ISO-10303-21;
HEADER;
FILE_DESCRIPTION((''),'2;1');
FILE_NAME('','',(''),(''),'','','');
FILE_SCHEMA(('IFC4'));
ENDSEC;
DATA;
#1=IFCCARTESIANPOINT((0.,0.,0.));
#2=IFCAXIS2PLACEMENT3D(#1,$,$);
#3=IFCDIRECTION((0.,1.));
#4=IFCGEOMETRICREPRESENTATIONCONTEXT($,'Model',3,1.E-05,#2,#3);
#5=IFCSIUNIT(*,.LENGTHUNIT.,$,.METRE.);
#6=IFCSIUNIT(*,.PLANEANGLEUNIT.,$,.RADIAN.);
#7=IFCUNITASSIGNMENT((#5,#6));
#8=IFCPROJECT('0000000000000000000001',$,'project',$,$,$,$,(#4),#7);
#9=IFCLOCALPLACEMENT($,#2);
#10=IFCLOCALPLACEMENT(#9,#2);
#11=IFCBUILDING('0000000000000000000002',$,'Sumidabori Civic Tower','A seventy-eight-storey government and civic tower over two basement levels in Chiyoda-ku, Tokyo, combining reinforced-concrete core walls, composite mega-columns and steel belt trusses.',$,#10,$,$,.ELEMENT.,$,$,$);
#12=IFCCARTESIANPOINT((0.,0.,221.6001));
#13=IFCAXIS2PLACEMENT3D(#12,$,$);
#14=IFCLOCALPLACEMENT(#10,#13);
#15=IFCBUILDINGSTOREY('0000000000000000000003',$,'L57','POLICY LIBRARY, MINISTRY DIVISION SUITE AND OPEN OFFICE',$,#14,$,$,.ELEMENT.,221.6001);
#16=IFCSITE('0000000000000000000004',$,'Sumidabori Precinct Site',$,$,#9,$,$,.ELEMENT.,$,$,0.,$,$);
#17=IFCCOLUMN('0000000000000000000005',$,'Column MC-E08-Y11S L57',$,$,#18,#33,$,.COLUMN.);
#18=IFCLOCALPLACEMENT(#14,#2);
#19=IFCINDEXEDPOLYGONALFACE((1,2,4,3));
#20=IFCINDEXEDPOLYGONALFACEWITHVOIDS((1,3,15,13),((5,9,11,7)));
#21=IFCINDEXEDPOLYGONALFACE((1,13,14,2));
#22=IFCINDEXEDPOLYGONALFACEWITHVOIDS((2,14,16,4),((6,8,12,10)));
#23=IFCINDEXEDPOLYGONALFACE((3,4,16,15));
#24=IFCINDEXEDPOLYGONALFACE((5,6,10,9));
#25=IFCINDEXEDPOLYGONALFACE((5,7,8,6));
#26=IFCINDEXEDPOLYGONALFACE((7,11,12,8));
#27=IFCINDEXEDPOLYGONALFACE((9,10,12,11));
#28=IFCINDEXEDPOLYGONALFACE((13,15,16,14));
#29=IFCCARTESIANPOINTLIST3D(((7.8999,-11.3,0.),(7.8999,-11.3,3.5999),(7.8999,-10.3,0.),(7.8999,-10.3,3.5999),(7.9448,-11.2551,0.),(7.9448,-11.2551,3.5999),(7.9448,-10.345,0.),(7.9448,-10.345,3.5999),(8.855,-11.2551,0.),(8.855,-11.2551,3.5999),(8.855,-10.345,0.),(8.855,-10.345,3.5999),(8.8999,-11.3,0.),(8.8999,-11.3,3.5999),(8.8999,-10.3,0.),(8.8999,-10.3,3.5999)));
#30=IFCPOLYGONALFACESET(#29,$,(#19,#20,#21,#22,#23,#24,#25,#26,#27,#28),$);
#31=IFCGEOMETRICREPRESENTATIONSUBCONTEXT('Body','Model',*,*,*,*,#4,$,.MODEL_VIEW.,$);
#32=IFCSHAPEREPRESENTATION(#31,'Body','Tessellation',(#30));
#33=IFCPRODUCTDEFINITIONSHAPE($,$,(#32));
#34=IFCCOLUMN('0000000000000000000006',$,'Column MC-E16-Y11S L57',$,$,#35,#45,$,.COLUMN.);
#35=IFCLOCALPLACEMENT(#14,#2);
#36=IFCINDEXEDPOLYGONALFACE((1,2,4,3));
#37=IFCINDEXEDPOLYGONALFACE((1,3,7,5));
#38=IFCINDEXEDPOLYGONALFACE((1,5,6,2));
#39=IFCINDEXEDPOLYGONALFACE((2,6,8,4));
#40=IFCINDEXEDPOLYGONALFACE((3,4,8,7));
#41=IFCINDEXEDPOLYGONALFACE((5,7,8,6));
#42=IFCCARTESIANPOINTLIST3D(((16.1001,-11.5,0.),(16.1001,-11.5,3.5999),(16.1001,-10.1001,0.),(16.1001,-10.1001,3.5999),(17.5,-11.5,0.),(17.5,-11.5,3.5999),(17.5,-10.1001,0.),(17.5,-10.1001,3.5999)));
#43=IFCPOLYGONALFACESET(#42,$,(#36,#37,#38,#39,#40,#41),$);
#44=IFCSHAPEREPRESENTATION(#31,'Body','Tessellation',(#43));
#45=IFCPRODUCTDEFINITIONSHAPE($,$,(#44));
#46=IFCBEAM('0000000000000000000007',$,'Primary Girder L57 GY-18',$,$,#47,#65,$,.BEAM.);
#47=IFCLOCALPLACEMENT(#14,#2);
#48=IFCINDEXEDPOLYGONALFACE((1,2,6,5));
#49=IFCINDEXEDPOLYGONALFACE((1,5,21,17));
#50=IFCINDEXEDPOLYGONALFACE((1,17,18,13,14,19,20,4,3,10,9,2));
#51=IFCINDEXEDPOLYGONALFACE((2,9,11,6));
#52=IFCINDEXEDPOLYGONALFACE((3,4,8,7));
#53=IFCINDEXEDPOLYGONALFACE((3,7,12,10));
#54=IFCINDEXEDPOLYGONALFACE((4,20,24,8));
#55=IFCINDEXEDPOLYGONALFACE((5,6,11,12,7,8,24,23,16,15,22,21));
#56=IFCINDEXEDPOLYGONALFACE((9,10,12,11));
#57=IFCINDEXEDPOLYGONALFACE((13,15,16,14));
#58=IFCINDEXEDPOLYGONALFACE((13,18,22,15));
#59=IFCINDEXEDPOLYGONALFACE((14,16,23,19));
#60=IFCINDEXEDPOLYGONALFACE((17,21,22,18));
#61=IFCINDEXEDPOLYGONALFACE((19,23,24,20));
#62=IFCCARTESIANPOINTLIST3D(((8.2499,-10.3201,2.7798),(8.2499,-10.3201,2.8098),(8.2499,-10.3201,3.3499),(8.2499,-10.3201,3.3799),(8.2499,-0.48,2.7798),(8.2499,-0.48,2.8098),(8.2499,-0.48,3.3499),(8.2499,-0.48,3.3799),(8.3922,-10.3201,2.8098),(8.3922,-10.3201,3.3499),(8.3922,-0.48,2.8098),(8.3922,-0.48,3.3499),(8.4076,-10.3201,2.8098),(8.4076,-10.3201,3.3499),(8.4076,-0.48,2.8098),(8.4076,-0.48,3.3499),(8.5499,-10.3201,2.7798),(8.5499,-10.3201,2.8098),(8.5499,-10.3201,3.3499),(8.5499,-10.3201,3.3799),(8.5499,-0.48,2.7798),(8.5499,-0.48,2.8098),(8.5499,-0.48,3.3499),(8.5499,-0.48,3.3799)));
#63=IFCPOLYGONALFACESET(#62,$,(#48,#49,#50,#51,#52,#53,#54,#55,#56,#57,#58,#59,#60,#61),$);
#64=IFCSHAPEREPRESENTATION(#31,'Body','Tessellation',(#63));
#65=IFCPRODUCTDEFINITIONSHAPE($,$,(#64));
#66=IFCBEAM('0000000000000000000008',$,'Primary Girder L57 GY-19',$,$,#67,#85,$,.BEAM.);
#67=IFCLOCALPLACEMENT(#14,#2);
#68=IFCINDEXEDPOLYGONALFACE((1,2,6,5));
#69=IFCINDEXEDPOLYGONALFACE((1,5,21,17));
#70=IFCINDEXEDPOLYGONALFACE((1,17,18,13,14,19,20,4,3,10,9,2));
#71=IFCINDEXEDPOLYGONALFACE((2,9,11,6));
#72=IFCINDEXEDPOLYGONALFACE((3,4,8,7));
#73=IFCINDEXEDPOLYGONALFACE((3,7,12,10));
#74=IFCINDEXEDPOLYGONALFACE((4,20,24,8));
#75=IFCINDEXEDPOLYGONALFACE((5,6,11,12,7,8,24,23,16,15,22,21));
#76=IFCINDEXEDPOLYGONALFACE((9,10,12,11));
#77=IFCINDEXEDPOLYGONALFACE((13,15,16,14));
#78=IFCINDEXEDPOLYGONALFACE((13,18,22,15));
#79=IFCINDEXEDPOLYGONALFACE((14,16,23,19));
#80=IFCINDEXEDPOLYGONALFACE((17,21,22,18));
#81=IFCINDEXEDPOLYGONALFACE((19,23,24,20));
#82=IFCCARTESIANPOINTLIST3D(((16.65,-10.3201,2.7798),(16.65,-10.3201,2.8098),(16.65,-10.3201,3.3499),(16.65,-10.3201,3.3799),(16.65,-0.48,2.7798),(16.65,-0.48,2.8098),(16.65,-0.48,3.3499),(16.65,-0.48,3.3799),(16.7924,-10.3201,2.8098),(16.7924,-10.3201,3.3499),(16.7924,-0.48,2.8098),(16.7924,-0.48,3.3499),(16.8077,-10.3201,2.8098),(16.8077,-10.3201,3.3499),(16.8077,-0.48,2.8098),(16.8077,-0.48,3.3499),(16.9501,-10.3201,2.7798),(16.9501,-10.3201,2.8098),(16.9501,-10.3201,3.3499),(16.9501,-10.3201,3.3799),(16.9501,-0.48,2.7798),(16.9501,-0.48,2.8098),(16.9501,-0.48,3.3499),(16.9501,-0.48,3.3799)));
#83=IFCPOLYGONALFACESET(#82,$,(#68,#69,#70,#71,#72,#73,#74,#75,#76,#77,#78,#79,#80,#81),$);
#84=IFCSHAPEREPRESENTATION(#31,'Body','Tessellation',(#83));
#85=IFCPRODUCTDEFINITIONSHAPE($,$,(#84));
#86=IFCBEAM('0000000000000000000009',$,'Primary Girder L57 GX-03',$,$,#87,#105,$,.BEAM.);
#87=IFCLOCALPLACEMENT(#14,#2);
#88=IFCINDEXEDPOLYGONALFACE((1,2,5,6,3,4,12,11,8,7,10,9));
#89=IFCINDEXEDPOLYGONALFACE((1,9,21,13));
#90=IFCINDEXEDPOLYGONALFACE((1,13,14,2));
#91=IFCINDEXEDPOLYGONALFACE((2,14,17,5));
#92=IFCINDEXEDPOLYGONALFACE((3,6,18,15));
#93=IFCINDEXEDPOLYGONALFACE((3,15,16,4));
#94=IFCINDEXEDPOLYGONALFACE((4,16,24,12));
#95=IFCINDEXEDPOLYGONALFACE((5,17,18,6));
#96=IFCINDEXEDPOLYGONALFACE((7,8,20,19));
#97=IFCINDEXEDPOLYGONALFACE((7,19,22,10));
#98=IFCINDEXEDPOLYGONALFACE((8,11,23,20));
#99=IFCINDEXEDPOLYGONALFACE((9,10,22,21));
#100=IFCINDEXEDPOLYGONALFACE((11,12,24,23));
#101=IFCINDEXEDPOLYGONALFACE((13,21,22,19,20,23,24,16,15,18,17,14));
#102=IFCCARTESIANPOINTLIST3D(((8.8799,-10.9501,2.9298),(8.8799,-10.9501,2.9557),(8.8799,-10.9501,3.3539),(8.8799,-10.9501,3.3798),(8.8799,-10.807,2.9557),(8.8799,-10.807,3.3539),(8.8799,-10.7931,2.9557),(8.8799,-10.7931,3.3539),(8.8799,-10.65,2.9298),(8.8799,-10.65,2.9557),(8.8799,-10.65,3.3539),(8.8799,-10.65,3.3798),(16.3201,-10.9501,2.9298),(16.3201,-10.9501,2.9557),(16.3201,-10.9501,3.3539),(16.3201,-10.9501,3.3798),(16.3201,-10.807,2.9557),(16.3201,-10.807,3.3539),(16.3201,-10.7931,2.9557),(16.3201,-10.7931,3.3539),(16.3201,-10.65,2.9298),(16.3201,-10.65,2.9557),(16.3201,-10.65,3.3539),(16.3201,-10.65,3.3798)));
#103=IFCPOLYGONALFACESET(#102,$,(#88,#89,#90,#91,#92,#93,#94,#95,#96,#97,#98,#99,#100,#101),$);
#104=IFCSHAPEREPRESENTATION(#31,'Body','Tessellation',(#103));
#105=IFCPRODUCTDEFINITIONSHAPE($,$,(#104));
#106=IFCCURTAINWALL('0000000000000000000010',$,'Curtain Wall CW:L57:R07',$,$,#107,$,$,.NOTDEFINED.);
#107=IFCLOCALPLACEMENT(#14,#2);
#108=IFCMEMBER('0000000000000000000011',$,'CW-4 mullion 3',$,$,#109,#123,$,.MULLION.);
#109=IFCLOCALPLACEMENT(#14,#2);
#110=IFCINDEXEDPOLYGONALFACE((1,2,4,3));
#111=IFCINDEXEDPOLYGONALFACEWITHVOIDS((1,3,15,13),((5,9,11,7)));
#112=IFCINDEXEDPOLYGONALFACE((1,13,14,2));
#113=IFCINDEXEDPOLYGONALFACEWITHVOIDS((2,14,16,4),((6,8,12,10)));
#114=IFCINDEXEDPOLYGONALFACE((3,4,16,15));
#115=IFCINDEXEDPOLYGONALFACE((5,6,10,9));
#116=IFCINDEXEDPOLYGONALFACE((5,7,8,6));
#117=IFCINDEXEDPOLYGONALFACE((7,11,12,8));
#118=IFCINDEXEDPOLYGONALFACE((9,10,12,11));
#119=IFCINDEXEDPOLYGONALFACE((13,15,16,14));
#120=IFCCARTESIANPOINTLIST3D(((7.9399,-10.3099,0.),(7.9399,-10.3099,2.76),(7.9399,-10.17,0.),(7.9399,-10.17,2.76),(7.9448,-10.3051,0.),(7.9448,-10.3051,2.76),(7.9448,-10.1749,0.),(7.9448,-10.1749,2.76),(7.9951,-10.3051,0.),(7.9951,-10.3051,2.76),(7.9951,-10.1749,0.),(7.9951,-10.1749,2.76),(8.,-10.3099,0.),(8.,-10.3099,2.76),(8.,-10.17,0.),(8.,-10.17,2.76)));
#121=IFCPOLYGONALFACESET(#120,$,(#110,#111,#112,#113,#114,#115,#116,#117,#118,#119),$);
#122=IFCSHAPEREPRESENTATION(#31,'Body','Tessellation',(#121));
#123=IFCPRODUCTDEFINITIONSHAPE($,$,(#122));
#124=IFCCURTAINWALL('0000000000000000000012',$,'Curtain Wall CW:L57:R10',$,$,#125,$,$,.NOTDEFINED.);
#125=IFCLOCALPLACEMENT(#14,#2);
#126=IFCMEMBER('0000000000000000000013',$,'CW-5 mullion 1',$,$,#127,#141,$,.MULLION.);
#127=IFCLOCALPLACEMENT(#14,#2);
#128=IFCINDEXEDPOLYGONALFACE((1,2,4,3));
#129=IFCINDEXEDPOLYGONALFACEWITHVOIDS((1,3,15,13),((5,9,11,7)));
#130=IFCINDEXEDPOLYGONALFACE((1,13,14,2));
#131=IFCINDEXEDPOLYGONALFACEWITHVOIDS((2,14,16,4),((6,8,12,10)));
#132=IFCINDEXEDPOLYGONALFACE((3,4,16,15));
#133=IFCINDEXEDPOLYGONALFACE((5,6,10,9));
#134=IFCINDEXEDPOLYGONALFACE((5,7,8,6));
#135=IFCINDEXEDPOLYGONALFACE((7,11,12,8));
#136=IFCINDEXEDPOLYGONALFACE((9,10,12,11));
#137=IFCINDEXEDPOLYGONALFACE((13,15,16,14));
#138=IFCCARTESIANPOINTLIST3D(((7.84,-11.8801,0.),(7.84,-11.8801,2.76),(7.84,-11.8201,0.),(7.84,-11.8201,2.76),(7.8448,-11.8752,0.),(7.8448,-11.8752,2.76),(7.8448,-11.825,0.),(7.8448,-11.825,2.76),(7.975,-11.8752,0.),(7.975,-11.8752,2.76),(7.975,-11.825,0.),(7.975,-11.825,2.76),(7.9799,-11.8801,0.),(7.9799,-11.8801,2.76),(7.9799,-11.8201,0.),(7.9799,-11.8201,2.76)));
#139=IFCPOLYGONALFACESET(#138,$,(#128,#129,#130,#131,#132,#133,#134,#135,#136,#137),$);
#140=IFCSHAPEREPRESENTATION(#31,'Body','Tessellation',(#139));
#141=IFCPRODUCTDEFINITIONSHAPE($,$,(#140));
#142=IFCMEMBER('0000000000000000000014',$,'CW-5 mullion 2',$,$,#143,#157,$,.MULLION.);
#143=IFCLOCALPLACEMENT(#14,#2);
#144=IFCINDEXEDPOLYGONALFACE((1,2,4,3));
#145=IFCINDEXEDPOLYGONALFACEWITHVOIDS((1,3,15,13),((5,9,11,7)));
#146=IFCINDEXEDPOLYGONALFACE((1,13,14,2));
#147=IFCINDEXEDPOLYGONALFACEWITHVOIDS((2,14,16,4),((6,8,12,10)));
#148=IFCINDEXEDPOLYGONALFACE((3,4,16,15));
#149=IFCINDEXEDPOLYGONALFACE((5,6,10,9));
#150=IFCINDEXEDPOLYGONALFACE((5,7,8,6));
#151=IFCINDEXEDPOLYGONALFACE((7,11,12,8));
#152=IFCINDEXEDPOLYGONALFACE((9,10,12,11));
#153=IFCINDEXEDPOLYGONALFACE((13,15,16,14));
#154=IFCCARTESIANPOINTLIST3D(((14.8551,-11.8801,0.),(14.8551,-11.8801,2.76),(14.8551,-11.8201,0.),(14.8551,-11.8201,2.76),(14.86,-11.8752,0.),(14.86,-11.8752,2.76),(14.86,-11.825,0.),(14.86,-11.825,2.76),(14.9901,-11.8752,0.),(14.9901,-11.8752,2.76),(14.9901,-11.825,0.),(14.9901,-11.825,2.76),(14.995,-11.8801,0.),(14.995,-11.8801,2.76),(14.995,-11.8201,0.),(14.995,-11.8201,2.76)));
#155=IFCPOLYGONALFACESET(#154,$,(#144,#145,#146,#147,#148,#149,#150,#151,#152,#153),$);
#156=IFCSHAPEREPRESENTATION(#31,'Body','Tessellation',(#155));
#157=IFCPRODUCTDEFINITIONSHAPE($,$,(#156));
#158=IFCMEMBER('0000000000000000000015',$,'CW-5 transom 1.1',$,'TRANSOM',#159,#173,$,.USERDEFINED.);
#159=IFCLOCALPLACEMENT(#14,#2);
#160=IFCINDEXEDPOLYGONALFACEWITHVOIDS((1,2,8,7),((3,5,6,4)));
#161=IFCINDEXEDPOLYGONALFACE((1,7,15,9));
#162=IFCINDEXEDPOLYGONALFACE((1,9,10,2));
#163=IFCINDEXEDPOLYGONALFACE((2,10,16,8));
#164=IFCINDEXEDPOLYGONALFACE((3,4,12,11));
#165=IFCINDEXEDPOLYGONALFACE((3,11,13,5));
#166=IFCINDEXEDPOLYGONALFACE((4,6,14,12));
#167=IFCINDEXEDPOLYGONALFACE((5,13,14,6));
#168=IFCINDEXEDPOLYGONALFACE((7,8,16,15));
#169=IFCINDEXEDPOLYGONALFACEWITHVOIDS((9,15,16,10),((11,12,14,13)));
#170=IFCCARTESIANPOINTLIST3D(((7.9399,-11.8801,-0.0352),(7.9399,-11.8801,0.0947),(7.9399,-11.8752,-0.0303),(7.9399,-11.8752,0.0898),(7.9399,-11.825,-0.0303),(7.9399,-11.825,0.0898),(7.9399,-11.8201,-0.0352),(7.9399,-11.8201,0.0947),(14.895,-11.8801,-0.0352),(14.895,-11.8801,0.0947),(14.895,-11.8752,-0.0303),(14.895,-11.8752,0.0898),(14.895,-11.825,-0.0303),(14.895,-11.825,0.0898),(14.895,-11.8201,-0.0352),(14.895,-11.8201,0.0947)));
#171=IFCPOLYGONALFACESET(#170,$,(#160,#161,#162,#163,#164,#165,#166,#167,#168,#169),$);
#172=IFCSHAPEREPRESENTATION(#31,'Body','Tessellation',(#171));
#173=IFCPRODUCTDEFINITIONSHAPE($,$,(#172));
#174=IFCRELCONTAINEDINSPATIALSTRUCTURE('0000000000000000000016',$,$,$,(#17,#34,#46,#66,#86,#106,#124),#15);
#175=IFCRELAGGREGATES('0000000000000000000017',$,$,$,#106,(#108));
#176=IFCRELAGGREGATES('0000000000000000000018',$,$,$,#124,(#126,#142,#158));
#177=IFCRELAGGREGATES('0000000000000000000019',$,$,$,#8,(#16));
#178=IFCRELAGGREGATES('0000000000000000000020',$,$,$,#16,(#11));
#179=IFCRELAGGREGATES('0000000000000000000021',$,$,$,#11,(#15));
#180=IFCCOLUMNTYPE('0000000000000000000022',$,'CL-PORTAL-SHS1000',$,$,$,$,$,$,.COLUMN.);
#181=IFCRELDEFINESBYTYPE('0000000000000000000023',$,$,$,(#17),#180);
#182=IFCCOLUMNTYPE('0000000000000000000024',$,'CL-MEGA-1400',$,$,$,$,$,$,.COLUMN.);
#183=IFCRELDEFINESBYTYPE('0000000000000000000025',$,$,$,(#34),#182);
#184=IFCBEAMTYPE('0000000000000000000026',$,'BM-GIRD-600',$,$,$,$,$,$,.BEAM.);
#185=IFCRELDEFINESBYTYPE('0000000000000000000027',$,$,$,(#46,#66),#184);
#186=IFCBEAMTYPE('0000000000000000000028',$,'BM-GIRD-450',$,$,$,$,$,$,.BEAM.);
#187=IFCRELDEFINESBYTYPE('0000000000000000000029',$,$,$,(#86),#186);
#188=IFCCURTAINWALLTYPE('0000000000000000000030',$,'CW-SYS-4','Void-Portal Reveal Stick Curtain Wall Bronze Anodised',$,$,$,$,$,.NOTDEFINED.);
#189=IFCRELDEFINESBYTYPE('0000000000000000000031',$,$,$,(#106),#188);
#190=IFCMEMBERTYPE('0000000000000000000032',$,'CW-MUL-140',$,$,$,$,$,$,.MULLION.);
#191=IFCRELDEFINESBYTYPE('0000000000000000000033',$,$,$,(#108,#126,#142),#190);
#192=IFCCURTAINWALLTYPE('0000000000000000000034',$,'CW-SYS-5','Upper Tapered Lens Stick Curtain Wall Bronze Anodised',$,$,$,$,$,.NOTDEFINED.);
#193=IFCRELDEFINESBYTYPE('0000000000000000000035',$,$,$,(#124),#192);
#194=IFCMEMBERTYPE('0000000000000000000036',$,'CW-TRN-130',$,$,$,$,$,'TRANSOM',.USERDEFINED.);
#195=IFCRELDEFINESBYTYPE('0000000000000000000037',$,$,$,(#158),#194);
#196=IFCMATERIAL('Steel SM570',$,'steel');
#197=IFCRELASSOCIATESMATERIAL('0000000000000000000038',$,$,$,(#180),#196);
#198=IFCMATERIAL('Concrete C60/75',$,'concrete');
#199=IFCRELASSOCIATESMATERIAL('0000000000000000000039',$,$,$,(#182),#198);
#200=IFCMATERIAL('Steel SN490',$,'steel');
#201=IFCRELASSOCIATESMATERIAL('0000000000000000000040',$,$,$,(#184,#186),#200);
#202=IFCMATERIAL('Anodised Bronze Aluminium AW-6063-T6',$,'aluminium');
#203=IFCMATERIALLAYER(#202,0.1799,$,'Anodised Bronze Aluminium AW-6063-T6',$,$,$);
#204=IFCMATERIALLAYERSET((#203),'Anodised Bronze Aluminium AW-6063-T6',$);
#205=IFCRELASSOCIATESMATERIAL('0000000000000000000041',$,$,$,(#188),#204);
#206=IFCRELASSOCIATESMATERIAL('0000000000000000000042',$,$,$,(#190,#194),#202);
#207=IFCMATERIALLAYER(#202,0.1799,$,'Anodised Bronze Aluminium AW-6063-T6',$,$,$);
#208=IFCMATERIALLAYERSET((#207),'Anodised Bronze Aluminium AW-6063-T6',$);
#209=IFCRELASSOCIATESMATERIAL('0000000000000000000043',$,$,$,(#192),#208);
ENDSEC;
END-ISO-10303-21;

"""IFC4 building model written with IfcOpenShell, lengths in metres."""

from ifc_helpers import new_model, si_unit, direction, frame, origin, origin_2d, place, context, subcontext, project, spatial, rectangle, hollow_rectangle, i_section, extrude, source, transform, mapped, material, layer, layer_set, material_profile, profile_set, type_object, element, aggregate, save


model = new_model("IFC4")

# Units and contexts
model_context = context("Model", 3, precision=1e-05, world=origin(), true_north=direction((0.0, 1.0)))
body_context = subcontext(model_context, "Body", "Model", "MODEL_VIEW")
ifc_project = project(units=[si_unit("LENGTHUNIT", "METRE"), si_unit("PLANEANGLEUNIT", "RADIAN")], contexts=[model_context])

# Site, building, storey
site_placement = place(None, origin())
site = spatial("IfcSite", under=ifc_project, at=site_placement, Name="Sumidabori Precinct Site", CompositionType="ELEMENT", RefElevation=0.0)
building_placement = place(site_placement, origin())
building = spatial("IfcBuilding", under=site, at=building_placement, Name="Sumidabori Civic Tower", Description="A seventy-eight-storey government and civic tower over two basement levels in Chiyoda-ku, Tokyo, combining reinforced-concrete core walls, composite mega-columns and steel belt trusses.", CompositionType="ELEMENT")
storey_placement = place(building_placement, frame((0.0, 0.0, 221.6001)))
storey = spatial("IfcBuildingStorey", under=building, at=storey_placement, Name="L57", Description="POLICY LIBRARY, MINISTRY DIVISION SUITE AND OPEN OFFICE", CompositionType="ELEMENT", Elevation=221.6001)

# Columns
ifc_material_1 = material(Name="Steel SM570", Category="steel")
ifc_material_profile_1 = material_profile(ifc_material_1, hollow_rectangle(XDim=1.0, YDim=1.0, WallThickness=0.0449, at=origin_2d()), Name="SHS 1000x1000x45")
ifc_profile_set_1 = profile_set([ifc_material_profile_1], Name="Steel SM570")
column_type_1 = type_object("IfcColumnType", Name="CL-PORTAL-SHS1000", PredefinedType="COLUMN", material=ifc_profile_set_1)
shared_shape_1 = source(origin(), body_context, "Body", "SweptSolid", [
    extrude(hollow_rectangle(XDim=1.0, YDim=1.0, WallThickness=0.0449, at=origin_2d()), origin(), (0.0, 0.0, 1.0), 3.5999),
])
column_1_placement = place(storey_placement, frame((8.3999, -10.8, 0.0), z_axis=(0.0, 0.0, 1.0), x_axis=(1.0, 0.0, 0.0)))
element("IfcColumn", 1, at=column_1_placement, inside=storey, type_object=column_type_1, Name="Column MC-E08-Y11S L57", PredefinedType="COLUMN", context=body_context, shape_type="MappedRepresentation", body=[
    mapped(shared_shape_1, transform((0.0, 0.0, 0.0), x_axis=(1.0, 0.0, 0.0), y_axis=(0.0, 1.0, 0.0), z_axis=(0.0, 0.0, 1.0), scale=1.0)),
])
ifc_material_2 = material(Name="Concrete C60/75", Category="concrete")
ifc_material_profile_2 = material_profile(ifc_material_2, rectangle(XDim=1.3999, YDim=1.3999, at=origin_2d()), Name="RC 1400x1400")
ifc_profile_set_2 = profile_set([ifc_material_profile_2], Name="Concrete C60/75")
column_type_2 = type_object("IfcColumnType", Name="CL-MEGA-1400", PredefinedType="COLUMN", material=ifc_profile_set_2)
shared_shape_2 = source(origin(), body_context, "Body", "SweptSolid", [
    extrude(rectangle(XDim=1.3999, YDim=1.3999, at=origin_2d()), origin(), (0.0, 0.0, 1.0), 3.5999),
])
column_2_placement = place(storey_placement, frame((16.8, -10.8, 0.0), z_axis=(0.0, 0.0, 1.0), x_axis=(1.0, 0.0, 0.0)))
element("IfcColumn", 2, at=column_2_placement, inside=storey, type_object=column_type_2, Name="Column MC-E16-Y11S L57", PredefinedType="COLUMN", context=body_context, shape_type="MappedRepresentation", body=[
    mapped(shared_shape_2, transform((0.0, 0.0, 0.0), x_axis=(1.0, 0.0, 0.0), y_axis=(0.0, 1.0, 0.0), z_axis=(0.0, 0.0, 1.0), scale=1.0)),
])

# Beams
ifc_material_3 = material(Name="Steel SN490", Category="steel")
ifc_material_profile_3 = material_profile(ifc_material_3, i_section(OverallWidth=0.3, OverallDepth=0.6001, WebThickness=0.0154, FlangeThickness=0.03, at=origin_2d()), Name="HE 600 B")
ifc_profile_set_3 = profile_set([ifc_material_profile_3], Name="Steel SN490")
beam_type_1 = type_object("IfcBeamType", Name="BM-GIRD-600", PredefinedType="BEAM", material=ifc_profile_set_3)
shared_shape_3 = source(origin(), body_context, "Body", "SweptSolid", [
    extrude(i_section(OverallWidth=0.3, OverallDepth=0.6001, WebThickness=0.0154, FlangeThickness=0.03, at=origin_2d()), origin(), (0.0, 0.0, 1.0), 9.8401),
])
for number, where, z_axis, x_axis, name in (
    (3, (8.3999, -10.3201, 3.0798), (0.0, 1.0, 0.0), (-1.0, 0.0, 0.0), "Primary Girder L57 GY-18"),
    (4, (16.8, -10.3201, 3.0798), (0.0, 1.0, 0.0), (-1.0, 0.0, 0.0), "Primary Girder L57 GY-19"),
):
    element("IfcBeam", number, at=place(storey_placement, frame(where, z_axis=z_axis, x_axis=x_axis)), inside=storey, type_object=beam_type_1, Name=name, PredefinedType="BEAM", context=body_context, shape_type="MappedRepresentation", body=[
        mapped(shared_shape_3, transform((0.0, 0.0, 0.0), x_axis=(1.0, 0.0, 0.0), y_axis=(0.0, 1.0, 0.0), z_axis=(0.0, 0.0, 1.0), scale=1.0)),
    ])
ifc_material_profile_4 = material_profile(ifc_material_3, i_section(OverallWidth=0.3, OverallDepth=0.45, WebThickness=0.0139, FlangeThickness=0.0259, at=origin_2d()), Name="HE 450 B")
ifc_profile_set_4 = profile_set([ifc_material_profile_4], Name="Steel SN490")
beam_type_2 = type_object("IfcBeamType", Name="BM-GIRD-450", PredefinedType="BEAM", material=ifc_profile_set_4)
shared_shape_4 = source(origin(), body_context, "Body", "SweptSolid", [
    extrude(i_section(OverallWidth=0.3, OverallDepth=0.45, WebThickness=0.0139, FlangeThickness=0.0259, at=origin_2d()), origin(), (0.0, 0.0, 1.0), 7.4402),
])
beam_placement = place(storey_placement, frame((8.8799, -10.8, 3.1548), z_axis=(1.0, 0.0, 0.0), x_axis=(0.0, 1.0, 0.0)))
element("IfcBeam", 5, at=beam_placement, inside=storey, type_object=beam_type_2, Name="Primary Girder L57 GX-03", PredefinedType="BEAM", context=body_context, shape_type="MappedRepresentation", body=[
    mapped(shared_shape_4, transform((0.0, 0.0, 0.0), x_axis=(1.0, 0.0, 0.0), y_axis=(0.0, 1.0, 0.0), z_axis=(0.0, 0.0, 1.0), scale=1.0)),
])

# Curtain wall, member
ifc_material_4 = material(Name="Anodised Bronze Aluminium AW-6063-T6", Category="aluminium")
ifc_layer_1 = layer(ifc_material_4, 0.1799, Name="Anodised Bronze Aluminium AW-6063-T6")
ifc_layer_set_1 = layer_set([ifc_layer_1], Name="Anodised Bronze Aluminium AW-6063-T6")
curtain_wall_type_1 = type_object("IfcCurtainWallType", Name="CW-SYS-4", Description="Void-Portal Reveal Stick Curtain Wall Bronze Anodised", PredefinedType="NOTDEFINED", material=ifc_layer_set_1)
curtain_wall_1_placement = place(storey_placement, origin())
curtain_wall_1 = element("IfcCurtainWall", 6, at=curtain_wall_1_placement, inside=storey, type_object=curtain_wall_type_1, Name="Curtain Wall CW:L57:R07", PredefinedType="NOTDEFINED")
ifc_material_profile_5 = material_profile(ifc_material_4, hollow_rectangle(XDim=0.0601, YDim=0.1399, WallThickness=0.0049, at=origin_2d()), Name="ALU MULLION 140x60")
ifc_profile_set_5 = profile_set([ifc_material_profile_5], Name="Anodised Bronze Aluminium AW-6063-T6")
member_type_1 = type_object("IfcMemberType", Name="CW-MUL-140", PredefinedType="MULLION", material=ifc_profile_set_5)
shared_shape_5 = source(origin(), body_context, "Body", "SweptSolid", [
    extrude(hollow_rectangle(XDim=0.0601, YDim=0.1399, WallThickness=0.0049, at=origin_2d()), origin(), (0.0, 0.0, 1.0), 2.76),
])
member_1_placement = place(storey_placement, frame((7.97, -10.24, 0.0), z_axis=(0.0, 0.0, 1.0), x_axis=(1.0, 0.0, 0.0)))
member_1 = element("IfcMember", 7, at=member_1_placement, type_object=member_type_1, Name="CW-4 mullion 3", PredefinedType="MULLION", context=body_context, shape_type="MappedRepresentation", body=[
    mapped(shared_shape_5, transform((0.0, 0.0, 0.0), x_axis=(1.0, 0.0, 0.0), y_axis=(0.0, 1.0, 0.0), z_axis=(0.0, 0.0, 1.0), scale=1.0)),
])
aggregate(curtain_wall_1, [member_1])

# Curtain wall, members
ifc_layer_2 = layer(ifc_material_4, 0.1799, Name="Anodised Bronze Aluminium AW-6063-T6")
ifc_layer_set_2 = layer_set([ifc_layer_2], Name="Anodised Bronze Aluminium AW-6063-T6")
curtain_wall_type_2 = type_object("IfcCurtainWallType", Name="CW-SYS-5", Description="Upper Tapered Lens Stick Curtain Wall Bronze Anodised", PredefinedType="NOTDEFINED", material=ifc_layer_set_2)
curtain_wall_2_placement = place(storey_placement, origin())
curtain_wall_2 = element("IfcCurtainWall", 8, at=curtain_wall_2_placement, inside=storey, type_object=curtain_wall_type_2, Name="Curtain Wall CW:L57:R10", PredefinedType="NOTDEFINED")
member_2_placement = place(storey_placement, frame((7.9099, -11.8501, 0.0), z_axis=(0.0, 0.0, 1.0), x_axis=(0.0, 1.0, 0.0)))
member_2 = element("IfcMember", 9, at=member_2_placement, type_object=member_type_1, Name="CW-5 mullion 1", PredefinedType="MULLION", context=body_context, shape_type="MappedRepresentation", body=[
    mapped(shared_shape_5, transform((0.0, 0.0, 0.0), x_axis=(1.0, 0.0, 0.0), y_axis=(0.0, 1.0, 0.0), z_axis=(0.0, 0.0, 1.0), scale=1.0)),
])
member_3_placement = place(storey_placement, frame((14.925, -11.8501, 0.0), z_axis=(0.0, 0.0, 1.0), x_axis=(0.0, 1.0, 0.0)))
member_3 = element("IfcMember", 10, at=member_3_placement, type_object=member_type_1, Name="CW-5 mullion 2", PredefinedType="MULLION", context=body_context, shape_type="MappedRepresentation", body=[
    mapped(shared_shape_5, transform((0.0, 0.0, 0.0), x_axis=(1.0, 0.0, 0.0), y_axis=(0.0, 1.0, 0.0), z_axis=(0.0, 0.0, 1.0), scale=1.0)),
])
ifc_material_profile_6 = material_profile(ifc_material_4, hollow_rectangle(XDim=0.0601, YDim=0.1299, WallThickness=0.0049, at=origin_2d()), Name="ALU TRANSOM 130x60")
ifc_profile_set_6 = profile_set([ifc_material_profile_6], Name="Anodised Bronze Aluminium AW-6063-T6")
member_type_2 = type_object("IfcMemberType", Name="CW-TRN-130", ElementType="TRANSOM", PredefinedType="USERDEFINED", material=ifc_profile_set_6)
shared_shape_6 = source(origin(), body_context, "Body", "SweptSolid", [
    extrude(hollow_rectangle(XDim=0.0601, YDim=0.1299, WallThickness=0.0049, at=origin_2d()), origin(), (0.0, 0.0, 1.0), 6.9551),
])
member_4_placement = place(storey_placement, frame((7.9399, -11.8501, 0.0298), z_axis=(1.0, 0.0, 0.0), x_axis=(0.0, 1.0, 0.0)))
member_4 = element("IfcMember", 11, at=member_4_placement, type_object=member_type_2, Name="CW-5 transom 1.1", ObjectType="TRANSOM", PredefinedType="USERDEFINED", context=body_context, shape_type="MappedRepresentation", body=[
    mapped(shared_shape_6, transform((0.0, 0.0, 0.0), x_axis=(1.0, 0.0, 0.0), y_axis=(0.0, 1.0, 0.0), z_axis=(0.0, 0.0, 1.0), scale=1.0)),
])
aggregate(curtain_wall_2, [member_2, member_3, member_4])

save(model, "model.ifc")
